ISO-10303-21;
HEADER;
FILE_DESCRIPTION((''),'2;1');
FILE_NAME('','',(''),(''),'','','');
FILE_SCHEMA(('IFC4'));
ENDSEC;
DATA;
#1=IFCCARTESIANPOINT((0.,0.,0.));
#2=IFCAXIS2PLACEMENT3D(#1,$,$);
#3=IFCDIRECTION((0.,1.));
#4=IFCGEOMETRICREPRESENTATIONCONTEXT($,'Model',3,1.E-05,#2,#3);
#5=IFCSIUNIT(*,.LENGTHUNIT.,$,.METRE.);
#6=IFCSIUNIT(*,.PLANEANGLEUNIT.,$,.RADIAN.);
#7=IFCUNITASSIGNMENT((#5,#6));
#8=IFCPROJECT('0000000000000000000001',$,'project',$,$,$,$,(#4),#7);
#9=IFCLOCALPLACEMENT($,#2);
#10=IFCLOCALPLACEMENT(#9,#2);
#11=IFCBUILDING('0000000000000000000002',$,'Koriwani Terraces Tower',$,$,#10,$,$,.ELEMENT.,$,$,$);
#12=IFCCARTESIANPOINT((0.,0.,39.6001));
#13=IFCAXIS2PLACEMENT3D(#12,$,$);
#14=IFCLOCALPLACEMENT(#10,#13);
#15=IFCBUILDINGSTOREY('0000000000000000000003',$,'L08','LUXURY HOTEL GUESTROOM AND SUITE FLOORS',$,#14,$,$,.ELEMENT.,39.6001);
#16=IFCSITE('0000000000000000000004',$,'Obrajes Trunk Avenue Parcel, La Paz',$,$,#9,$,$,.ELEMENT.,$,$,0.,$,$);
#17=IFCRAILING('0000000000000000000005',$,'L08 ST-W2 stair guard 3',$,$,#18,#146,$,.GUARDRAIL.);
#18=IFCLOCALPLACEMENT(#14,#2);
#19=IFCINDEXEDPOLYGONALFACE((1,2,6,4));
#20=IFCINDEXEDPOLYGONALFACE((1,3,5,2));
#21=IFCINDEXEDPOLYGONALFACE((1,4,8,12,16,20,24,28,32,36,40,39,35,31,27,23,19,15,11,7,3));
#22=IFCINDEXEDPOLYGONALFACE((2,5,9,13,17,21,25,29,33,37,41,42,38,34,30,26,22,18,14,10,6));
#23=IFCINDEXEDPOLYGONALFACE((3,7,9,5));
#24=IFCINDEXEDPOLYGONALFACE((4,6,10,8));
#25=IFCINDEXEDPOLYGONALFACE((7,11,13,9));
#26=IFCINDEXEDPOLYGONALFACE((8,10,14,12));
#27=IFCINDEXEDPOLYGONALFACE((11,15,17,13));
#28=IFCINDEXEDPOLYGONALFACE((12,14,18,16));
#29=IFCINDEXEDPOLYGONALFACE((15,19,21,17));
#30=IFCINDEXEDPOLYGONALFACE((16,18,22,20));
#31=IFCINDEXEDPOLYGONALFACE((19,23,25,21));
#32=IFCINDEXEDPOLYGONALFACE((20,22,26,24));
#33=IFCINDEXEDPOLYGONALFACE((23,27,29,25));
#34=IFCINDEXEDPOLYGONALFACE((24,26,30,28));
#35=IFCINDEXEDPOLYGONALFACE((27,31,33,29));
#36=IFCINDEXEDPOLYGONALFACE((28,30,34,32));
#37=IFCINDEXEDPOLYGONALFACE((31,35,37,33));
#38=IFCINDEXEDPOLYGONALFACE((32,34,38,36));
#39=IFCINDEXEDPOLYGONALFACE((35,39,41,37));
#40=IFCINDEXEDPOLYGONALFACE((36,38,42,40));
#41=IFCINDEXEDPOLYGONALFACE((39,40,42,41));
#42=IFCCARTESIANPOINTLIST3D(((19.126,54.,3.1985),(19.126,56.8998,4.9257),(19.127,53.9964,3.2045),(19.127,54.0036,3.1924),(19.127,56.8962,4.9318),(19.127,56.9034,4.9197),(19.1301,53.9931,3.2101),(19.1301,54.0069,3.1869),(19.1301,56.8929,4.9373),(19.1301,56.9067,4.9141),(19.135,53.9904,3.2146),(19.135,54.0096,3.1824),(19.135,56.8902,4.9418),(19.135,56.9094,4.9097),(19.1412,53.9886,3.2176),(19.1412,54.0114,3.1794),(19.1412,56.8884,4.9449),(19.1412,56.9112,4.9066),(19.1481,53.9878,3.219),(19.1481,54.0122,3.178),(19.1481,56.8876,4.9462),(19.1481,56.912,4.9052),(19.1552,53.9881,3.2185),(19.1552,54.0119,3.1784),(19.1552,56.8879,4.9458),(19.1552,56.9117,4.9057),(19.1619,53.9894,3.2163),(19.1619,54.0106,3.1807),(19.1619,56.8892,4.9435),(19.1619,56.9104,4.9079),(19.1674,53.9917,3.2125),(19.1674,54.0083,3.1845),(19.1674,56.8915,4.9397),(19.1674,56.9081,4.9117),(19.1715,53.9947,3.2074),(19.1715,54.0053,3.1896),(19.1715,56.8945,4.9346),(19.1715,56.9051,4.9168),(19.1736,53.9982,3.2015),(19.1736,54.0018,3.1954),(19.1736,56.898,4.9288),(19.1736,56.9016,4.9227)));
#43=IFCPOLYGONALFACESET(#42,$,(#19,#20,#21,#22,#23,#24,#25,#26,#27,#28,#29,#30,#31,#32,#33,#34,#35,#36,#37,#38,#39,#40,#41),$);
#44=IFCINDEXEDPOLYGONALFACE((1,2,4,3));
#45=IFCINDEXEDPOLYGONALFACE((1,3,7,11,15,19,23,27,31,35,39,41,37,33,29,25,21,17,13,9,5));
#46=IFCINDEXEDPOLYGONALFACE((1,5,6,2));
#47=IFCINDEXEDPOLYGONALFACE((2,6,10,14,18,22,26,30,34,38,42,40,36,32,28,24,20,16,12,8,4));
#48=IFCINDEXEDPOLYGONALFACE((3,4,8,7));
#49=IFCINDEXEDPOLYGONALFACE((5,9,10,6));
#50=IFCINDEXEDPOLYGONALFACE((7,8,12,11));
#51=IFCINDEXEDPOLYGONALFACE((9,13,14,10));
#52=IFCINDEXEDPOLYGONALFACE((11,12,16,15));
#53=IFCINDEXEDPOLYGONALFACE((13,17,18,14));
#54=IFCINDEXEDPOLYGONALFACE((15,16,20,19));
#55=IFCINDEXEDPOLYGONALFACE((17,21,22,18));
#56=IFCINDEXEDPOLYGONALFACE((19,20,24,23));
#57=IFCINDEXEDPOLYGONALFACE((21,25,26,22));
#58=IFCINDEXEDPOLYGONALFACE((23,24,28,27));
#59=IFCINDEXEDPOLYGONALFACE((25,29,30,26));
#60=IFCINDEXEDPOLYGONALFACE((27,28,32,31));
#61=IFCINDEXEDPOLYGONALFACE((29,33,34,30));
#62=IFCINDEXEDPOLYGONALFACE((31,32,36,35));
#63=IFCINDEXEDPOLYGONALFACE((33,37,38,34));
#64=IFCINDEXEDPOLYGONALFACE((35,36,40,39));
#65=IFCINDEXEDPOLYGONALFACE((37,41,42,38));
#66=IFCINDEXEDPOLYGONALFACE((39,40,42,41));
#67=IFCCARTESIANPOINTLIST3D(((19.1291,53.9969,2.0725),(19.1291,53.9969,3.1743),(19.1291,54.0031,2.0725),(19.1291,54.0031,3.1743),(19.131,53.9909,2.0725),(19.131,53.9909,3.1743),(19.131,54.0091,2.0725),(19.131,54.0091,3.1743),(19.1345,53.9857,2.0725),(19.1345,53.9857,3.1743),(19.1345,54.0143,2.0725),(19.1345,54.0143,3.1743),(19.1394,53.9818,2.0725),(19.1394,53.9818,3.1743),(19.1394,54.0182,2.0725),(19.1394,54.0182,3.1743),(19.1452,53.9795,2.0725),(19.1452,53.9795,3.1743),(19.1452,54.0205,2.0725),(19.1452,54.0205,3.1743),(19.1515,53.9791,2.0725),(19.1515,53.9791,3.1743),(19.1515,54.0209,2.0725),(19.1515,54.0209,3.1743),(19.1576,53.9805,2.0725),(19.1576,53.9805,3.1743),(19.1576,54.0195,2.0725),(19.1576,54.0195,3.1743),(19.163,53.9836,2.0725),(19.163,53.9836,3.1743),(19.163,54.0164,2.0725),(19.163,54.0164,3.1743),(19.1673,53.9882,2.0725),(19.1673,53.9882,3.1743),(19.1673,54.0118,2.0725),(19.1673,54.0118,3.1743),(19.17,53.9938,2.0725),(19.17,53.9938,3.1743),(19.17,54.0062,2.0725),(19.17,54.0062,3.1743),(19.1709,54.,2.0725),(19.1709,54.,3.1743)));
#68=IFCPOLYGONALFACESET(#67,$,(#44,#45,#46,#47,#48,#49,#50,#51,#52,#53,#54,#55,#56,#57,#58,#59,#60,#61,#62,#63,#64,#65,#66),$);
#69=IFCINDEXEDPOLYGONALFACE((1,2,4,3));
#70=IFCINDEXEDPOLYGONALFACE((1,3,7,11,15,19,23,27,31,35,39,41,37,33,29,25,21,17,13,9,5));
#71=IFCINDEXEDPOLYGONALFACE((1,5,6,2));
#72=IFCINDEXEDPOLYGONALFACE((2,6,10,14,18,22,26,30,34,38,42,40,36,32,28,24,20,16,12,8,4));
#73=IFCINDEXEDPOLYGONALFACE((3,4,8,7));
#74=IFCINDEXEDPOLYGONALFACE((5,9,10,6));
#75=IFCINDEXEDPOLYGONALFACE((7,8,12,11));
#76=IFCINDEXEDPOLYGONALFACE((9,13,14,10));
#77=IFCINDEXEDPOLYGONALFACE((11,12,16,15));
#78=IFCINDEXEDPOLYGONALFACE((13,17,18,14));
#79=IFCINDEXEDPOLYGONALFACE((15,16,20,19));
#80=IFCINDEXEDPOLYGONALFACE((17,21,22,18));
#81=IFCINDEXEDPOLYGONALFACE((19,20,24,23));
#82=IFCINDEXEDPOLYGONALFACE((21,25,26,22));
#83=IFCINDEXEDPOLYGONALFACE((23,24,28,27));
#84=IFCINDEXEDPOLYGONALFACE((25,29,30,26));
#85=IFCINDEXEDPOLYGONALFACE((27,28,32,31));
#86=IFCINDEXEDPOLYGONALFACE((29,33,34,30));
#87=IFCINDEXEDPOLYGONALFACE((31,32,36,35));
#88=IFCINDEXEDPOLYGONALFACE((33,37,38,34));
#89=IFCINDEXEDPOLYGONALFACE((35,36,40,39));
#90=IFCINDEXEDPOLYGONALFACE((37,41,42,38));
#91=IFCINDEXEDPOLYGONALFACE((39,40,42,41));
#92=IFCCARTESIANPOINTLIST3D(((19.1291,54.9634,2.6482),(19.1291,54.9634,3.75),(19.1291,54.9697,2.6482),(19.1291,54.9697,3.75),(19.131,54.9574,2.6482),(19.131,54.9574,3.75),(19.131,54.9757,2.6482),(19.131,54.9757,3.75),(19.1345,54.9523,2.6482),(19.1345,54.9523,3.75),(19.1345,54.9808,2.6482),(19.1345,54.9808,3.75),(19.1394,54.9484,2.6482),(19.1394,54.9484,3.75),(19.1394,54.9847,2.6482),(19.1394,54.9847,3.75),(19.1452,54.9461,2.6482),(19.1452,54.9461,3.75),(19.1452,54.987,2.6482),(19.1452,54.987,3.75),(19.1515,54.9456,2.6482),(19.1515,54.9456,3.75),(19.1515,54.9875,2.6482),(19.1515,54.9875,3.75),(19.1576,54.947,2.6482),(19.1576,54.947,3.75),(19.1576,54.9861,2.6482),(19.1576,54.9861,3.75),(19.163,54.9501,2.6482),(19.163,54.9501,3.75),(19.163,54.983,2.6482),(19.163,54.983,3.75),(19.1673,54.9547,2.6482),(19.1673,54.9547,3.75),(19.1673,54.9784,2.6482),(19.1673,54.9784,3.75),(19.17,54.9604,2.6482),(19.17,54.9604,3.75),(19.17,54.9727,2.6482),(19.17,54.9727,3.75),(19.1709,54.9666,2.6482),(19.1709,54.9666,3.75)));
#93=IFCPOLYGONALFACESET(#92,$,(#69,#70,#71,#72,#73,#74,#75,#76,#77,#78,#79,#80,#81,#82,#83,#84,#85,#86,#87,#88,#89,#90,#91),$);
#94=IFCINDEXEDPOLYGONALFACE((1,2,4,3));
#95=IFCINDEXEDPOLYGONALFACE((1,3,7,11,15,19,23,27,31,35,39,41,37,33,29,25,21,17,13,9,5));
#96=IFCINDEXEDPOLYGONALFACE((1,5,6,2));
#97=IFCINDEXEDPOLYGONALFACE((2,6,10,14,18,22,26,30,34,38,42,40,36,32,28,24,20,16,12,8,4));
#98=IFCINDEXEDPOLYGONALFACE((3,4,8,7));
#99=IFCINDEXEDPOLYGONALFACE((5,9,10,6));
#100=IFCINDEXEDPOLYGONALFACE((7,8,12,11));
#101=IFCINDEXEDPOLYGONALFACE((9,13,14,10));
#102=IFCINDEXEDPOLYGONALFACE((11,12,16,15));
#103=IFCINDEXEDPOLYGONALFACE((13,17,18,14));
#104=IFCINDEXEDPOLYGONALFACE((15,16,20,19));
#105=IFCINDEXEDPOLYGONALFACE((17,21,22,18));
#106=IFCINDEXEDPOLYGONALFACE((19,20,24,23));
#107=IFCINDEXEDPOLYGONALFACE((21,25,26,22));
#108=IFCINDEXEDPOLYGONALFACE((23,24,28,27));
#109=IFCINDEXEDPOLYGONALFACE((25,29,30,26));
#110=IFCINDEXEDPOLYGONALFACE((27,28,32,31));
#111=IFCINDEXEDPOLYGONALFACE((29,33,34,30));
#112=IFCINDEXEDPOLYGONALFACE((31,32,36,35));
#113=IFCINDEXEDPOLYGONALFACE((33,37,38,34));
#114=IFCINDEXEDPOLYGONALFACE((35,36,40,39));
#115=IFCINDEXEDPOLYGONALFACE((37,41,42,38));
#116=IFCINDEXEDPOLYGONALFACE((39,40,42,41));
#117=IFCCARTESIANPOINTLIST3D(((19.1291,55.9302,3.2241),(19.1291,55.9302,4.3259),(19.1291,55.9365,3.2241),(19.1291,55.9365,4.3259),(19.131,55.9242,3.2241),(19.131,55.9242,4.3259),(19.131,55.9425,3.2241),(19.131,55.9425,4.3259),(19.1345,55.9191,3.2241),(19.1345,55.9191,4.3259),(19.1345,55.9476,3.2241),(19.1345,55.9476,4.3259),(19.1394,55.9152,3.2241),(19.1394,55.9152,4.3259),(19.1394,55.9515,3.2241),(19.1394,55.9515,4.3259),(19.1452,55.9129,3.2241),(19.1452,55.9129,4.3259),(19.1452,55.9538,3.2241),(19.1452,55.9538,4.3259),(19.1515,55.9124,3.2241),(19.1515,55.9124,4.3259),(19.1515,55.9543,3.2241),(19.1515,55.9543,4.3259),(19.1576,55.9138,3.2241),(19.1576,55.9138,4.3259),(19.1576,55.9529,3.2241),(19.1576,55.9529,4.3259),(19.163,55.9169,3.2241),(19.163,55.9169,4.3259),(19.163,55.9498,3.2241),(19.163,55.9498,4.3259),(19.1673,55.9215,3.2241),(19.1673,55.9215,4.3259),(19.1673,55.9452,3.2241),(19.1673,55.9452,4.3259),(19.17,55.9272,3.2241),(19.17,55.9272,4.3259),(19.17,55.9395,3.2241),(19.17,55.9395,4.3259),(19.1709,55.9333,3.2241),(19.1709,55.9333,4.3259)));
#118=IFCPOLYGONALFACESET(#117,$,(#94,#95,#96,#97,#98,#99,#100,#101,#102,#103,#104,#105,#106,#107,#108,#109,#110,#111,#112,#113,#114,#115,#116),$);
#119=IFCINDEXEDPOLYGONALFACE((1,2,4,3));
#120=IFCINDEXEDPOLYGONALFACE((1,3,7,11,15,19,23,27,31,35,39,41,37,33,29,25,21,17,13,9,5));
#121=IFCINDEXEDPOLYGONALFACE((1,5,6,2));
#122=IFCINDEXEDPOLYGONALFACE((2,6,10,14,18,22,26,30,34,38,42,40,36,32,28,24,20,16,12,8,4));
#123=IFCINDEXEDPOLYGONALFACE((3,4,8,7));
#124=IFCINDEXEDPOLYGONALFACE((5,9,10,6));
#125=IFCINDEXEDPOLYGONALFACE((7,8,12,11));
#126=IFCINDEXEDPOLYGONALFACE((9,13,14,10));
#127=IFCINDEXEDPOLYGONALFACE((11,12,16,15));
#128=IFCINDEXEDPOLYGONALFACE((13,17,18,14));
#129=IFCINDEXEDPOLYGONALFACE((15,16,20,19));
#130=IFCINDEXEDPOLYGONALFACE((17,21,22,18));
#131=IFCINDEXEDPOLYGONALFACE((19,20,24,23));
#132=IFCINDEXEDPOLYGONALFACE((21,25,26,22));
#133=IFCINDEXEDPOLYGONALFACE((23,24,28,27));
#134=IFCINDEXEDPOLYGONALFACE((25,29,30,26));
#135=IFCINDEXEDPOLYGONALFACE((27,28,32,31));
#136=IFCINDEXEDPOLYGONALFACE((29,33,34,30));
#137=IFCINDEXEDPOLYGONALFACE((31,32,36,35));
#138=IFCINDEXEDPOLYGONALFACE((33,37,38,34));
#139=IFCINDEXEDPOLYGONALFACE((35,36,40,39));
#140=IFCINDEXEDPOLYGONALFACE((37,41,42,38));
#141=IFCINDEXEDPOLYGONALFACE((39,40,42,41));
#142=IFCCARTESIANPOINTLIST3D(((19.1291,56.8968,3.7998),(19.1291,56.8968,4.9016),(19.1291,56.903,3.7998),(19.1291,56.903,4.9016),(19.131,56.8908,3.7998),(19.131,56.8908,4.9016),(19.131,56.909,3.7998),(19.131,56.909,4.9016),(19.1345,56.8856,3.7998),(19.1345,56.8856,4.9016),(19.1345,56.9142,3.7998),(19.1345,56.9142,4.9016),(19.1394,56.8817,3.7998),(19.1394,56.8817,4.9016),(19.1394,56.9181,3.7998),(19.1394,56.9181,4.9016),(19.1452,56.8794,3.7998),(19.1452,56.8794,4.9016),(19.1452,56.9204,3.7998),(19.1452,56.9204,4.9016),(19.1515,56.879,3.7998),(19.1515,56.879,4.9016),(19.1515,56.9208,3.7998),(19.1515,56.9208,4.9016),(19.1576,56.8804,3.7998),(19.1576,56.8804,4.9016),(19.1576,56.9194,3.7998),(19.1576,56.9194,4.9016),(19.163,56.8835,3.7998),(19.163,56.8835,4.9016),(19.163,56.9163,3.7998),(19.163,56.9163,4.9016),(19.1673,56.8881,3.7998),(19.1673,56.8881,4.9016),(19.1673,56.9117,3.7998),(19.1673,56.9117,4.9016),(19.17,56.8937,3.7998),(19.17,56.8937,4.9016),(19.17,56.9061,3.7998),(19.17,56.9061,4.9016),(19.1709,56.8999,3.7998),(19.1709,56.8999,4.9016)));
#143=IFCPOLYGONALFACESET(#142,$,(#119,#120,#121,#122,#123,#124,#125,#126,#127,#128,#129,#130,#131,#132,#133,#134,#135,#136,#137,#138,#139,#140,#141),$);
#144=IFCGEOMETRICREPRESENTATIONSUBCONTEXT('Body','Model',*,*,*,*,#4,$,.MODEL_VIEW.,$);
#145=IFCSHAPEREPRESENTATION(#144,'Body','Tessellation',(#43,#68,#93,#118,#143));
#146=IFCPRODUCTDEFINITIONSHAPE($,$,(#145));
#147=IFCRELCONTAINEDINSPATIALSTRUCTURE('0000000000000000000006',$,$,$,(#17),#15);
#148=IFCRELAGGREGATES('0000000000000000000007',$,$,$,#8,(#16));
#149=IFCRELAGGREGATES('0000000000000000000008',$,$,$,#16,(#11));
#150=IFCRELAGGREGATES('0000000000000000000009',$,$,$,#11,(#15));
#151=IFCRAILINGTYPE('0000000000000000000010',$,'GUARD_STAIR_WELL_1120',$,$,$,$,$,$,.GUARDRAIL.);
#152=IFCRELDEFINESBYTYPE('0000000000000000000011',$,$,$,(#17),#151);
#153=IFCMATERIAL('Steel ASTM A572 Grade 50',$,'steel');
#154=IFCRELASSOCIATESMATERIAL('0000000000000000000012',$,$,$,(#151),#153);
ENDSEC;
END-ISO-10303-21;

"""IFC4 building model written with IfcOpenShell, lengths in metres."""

from ifc_helpers import new_model, si_unit, direction, frame, origin, origin_2d, place, context, subcontext, project, spatial, circle, extrude, material, type_object, element, save


model = new_model("IFC4")

# Units and contexts
model_context = context("Model", 3, precision=1e-05, world=origin(), true_north=direction((0.0, 1.0)))
body_context = subcontext(model_context, "Body", "Model", "MODEL_VIEW")
ifc_project = project(units=[si_unit("LENGTHUNIT", "METRE"), si_unit("PLANEANGLEUNIT", "RADIAN")], contexts=[model_context])

# Site, building, storey
site_placement = place(None, origin())
site = spatial("IfcSite", under=ifc_project, at=site_placement, Name="Obrajes Trunk Avenue Parcel, La Paz", CompositionType="ELEMENT", RefElevation=0.0)
building_placement = place(site_placement, origin())
building = spatial("IfcBuilding", under=site, at=building_placement, Name="Koriwani Terraces Tower", CompositionType="ELEMENT")
storey_placement = place(building_placement, frame((0.0, 0.0, 39.6001)))
storey = spatial("IfcBuildingStorey", under=building, at=storey_placement, Name="L08", Description="LUXURY HOTEL GUESTROOM AND SUITE FLOORS", CompositionType="ELEMENT", Elevation=39.6001)

# Shared definitions
ifc_material_1 = material(Name="Steel ASTM A572 Grade 50", Category="steel")

# Railing
railing_type_1 = type_object("IfcRailingType", Name="GUARD_STAIR_WELL_1120", PredefinedType="GUARDRAIL", material=ifc_material_1)
railing_1_placement = place(storey_placement, frame((19.1499, 54.0, 2.0725)))
element("IfcRailing", 1, at=railing_1_placement, inside=storey, type_object=railing_type_1, Name="L08 ST-W2 stair guard 3", PredefinedType="GUARDRAIL", context=body_context, shape_type="SweptSolid", body=[
    extrude(circle(Radius=0.0239, at=origin_2d()), frame((0.0, 0.0, 1.126), z_axis=(0.0, 0.859141, 0.511738), x_axis=(-1.0, 0.0, 0.0)), (0.0, 0.0, 1.0), 3.3752),
    extrude(circle(Radius=0.021, at=origin_2d()), origin(), (0.0, 0.0, 1.0), 1.1018),
    extrude(circle(Radius=0.021, at=origin_2d()), frame((0.0, 0.9666, 0.5757)), (0.0, 0.0, 1.0), 1.1018),
    extrude(circle(Radius=0.021, at=origin_2d()), frame((0.0, 1.9333, 1.1516)), (0.0, 0.0, 1.0), 1.1018),
    extrude(circle(Radius=0.021, at=origin_2d()), frame((0.0, 2.8999, 1.7273)), (0.0, 0.0, 1.0), 1.1018),
])

save(model, "model.ifc")
